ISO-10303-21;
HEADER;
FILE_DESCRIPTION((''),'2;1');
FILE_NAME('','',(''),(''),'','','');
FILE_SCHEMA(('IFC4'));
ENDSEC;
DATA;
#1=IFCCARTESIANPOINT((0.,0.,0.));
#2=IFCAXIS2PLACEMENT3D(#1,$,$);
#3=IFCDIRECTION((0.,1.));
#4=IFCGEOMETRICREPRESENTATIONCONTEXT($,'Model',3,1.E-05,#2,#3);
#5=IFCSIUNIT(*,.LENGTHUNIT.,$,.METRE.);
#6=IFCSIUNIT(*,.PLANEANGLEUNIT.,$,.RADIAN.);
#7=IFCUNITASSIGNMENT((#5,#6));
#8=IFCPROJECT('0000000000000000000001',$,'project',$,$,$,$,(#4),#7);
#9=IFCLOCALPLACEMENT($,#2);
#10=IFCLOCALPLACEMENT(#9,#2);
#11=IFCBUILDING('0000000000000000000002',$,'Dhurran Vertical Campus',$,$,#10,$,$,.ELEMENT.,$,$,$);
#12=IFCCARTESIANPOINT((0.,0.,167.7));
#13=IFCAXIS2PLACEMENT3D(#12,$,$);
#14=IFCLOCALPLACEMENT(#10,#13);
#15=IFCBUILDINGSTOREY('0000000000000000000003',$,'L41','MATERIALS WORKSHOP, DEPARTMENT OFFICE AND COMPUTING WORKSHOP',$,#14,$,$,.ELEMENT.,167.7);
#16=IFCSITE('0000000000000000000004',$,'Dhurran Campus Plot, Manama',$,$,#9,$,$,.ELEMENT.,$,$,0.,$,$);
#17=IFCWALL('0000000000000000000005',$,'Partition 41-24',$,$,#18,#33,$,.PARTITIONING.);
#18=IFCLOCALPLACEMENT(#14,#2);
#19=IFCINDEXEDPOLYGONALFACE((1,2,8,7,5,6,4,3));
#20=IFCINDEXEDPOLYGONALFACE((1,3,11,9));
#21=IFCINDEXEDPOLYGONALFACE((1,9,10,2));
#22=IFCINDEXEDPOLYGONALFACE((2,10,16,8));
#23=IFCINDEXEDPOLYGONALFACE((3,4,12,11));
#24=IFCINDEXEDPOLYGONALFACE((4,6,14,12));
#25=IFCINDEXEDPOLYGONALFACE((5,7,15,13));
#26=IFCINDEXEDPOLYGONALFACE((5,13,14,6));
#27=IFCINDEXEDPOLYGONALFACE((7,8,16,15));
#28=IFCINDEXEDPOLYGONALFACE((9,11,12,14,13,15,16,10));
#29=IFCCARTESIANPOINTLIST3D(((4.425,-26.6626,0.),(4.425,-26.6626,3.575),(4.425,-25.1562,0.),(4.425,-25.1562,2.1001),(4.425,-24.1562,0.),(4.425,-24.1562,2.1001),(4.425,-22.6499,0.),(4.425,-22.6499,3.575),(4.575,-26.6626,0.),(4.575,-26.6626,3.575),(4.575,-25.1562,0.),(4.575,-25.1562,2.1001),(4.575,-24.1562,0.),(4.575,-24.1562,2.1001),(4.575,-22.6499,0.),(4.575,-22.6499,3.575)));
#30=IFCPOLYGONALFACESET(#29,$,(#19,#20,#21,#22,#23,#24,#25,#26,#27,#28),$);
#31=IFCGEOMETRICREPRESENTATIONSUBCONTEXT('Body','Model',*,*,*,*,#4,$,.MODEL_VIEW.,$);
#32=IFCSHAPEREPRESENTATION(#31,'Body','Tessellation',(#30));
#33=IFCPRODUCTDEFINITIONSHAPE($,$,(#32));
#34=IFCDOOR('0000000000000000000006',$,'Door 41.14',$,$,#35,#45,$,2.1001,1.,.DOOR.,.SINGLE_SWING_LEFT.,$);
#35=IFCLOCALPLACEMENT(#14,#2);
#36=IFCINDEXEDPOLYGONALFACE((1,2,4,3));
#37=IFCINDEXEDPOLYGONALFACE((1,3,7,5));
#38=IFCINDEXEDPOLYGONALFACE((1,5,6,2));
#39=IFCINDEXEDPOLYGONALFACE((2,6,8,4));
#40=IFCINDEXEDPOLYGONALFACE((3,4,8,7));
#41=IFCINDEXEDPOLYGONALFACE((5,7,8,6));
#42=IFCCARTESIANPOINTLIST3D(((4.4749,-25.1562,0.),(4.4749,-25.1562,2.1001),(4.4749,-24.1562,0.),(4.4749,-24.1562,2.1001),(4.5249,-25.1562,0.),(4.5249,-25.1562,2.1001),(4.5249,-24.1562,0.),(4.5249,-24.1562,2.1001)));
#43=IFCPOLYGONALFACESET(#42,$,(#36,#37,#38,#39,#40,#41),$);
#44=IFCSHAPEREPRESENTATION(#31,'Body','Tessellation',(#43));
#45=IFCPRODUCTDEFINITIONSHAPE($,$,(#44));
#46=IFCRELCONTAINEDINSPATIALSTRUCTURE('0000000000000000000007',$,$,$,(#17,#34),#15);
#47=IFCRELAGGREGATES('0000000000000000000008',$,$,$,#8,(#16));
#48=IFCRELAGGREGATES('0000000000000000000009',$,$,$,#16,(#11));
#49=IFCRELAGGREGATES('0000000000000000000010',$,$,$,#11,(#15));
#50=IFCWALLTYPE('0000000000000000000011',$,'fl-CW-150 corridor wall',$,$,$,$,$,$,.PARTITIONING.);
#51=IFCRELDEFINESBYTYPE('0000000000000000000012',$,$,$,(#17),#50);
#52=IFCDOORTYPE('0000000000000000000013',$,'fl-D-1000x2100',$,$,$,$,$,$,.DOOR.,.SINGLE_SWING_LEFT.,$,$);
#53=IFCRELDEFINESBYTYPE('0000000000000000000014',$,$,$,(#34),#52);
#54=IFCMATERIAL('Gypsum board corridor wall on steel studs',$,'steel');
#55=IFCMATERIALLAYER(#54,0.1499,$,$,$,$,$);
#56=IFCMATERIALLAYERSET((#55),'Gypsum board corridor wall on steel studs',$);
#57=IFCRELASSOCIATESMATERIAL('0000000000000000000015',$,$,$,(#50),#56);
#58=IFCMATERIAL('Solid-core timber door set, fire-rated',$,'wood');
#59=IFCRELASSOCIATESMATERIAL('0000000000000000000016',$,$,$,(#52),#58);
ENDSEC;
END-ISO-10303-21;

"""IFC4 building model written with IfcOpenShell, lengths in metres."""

from ifc_helpers import new_model, si_unit, direction, frame, frame_2d, origin, place, context, subcontext, project, spatial, rectangle, extrude, material, layer, layer_set, type_object, element, fill, save


model = new_model("IFC4")

# Units and contexts
model_context = context("Model", 3, precision=1e-05, world=origin(), true_north=direction((0.0, 1.0)))
body_context = subcontext(model_context, "Body", "Model", "MODEL_VIEW")
ifc_project = project(units=[si_unit("LENGTHUNIT", "METRE"), si_unit("PLANEANGLEUNIT", "RADIAN")], contexts=[model_context])

# Site, building, storey
site_placement = place(None, origin())
site = spatial("IfcSite", under=ifc_project, at=site_placement, Name="Dhurran Campus Plot, Manama", CompositionType="ELEMENT", RefElevation=0.0)
building_placement = place(site_placement, origin())
building = spatial("IfcBuilding", under=site, at=building_placement, Name="Dhurran Vertical Campus", CompositionType="ELEMENT")
storey_placement = place(building_placement, frame((0.0, 0.0, 167.7)))
storey = spatial("IfcBuildingStorey", under=building, at=storey_placement, Name="L41", Description="MATERIALS WORKSHOP, DEPARTMENT OFFICE AND COMPUTING WORKSHOP", CompositionType="ELEMENT", Elevation=167.7)

# Shared definitions
ifc_material_1 = material(Name="Gypsum board corridor wall on steel studs", Category="steel")
ifc_layer_1 = layer(ifc_material_1, 0.1499)
ifc_layer_set_1 = layer_set([ifc_layer_1], Name="Gypsum board corridor wall on steel studs")
wall_type_1 = type_object("IfcWallType", Name="fl-CW-150 corridor wall", PredefinedType="PARTITIONING", material=ifc_layer_set_1)
ifc_material_2 = material(Name="Solid-core timber door set, fire-rated", Category="wood")
door_type = type_object("IfcDoorType", Name="fl-D-1000x2100", OperationType="SINGLE_SWING_LEFT", PredefinedType="DOOR", material=ifc_material_2)

# Wall, opening, door
wall_1_placement = place(storey_placement, frame((4.5, -22.6499, 0.0), z_axis=(0.0, 0.0, 1.0), x_axis=(0.0, -1.0, 0.0)))
wall_1 = element("IfcWall", 1, at=wall_1_placement, inside=storey, type_object=wall_type_1, Name="Partition 41-24", PredefinedType="PARTITIONING", context=body_context, shape_type="SweptSolid", body=[
    extrude(rectangle(XDim=4.0127, YDim=0.1499, at=frame_2d((2.0063, 0.0))), origin(), (0.0, 0.0, 1.0), 3.575),
])
opening_1_placement = place(wall_1_placement, frame((1.5063, 0.0, 0.0)))
opening_1 = element("IfcOpeningElement", 2, at=opening_1_placement, cuts=wall_1, PredefinedType="OPENING", context=body_context, shape_type="SweptSolid", body=[
    extrude(rectangle(XDim=1.0, YDim=2.1001, at=frame_2d((0.5, 1.05))), frame((0.0, 0.085, 0.0), z_axis=(0.0, -1.0, 0.0), x_axis=(1.0, 0.0, 0.0)), (0.0, 0.0, 1.0), 0.1699),
])
door_1_placement = place(opening_1_placement, origin())
door_1 = element("IfcDoor", 3, at=door_1_placement, inside=storey, type_object=door_type, Name="Door 41.14", OperationType="SINGLE_SWING_LEFT", OverallHeight=2.1001, OverallWidth=1.0, PredefinedType="DOOR", context=body_context, shape_type="SweptSolid", body=[
    extrude(rectangle(XDim=1.0, YDim=2.1001, at=frame_2d((0.5, 1.05))), frame((0.0, 0.0249, 0.0), z_axis=(0.0, -1.0, 0.0), x_axis=(1.0, 0.0, 0.0)), (0.0, 0.0, 1.0), 0.05),
])
fill(opening_1, door_1)

save(model, "model.ifc")
